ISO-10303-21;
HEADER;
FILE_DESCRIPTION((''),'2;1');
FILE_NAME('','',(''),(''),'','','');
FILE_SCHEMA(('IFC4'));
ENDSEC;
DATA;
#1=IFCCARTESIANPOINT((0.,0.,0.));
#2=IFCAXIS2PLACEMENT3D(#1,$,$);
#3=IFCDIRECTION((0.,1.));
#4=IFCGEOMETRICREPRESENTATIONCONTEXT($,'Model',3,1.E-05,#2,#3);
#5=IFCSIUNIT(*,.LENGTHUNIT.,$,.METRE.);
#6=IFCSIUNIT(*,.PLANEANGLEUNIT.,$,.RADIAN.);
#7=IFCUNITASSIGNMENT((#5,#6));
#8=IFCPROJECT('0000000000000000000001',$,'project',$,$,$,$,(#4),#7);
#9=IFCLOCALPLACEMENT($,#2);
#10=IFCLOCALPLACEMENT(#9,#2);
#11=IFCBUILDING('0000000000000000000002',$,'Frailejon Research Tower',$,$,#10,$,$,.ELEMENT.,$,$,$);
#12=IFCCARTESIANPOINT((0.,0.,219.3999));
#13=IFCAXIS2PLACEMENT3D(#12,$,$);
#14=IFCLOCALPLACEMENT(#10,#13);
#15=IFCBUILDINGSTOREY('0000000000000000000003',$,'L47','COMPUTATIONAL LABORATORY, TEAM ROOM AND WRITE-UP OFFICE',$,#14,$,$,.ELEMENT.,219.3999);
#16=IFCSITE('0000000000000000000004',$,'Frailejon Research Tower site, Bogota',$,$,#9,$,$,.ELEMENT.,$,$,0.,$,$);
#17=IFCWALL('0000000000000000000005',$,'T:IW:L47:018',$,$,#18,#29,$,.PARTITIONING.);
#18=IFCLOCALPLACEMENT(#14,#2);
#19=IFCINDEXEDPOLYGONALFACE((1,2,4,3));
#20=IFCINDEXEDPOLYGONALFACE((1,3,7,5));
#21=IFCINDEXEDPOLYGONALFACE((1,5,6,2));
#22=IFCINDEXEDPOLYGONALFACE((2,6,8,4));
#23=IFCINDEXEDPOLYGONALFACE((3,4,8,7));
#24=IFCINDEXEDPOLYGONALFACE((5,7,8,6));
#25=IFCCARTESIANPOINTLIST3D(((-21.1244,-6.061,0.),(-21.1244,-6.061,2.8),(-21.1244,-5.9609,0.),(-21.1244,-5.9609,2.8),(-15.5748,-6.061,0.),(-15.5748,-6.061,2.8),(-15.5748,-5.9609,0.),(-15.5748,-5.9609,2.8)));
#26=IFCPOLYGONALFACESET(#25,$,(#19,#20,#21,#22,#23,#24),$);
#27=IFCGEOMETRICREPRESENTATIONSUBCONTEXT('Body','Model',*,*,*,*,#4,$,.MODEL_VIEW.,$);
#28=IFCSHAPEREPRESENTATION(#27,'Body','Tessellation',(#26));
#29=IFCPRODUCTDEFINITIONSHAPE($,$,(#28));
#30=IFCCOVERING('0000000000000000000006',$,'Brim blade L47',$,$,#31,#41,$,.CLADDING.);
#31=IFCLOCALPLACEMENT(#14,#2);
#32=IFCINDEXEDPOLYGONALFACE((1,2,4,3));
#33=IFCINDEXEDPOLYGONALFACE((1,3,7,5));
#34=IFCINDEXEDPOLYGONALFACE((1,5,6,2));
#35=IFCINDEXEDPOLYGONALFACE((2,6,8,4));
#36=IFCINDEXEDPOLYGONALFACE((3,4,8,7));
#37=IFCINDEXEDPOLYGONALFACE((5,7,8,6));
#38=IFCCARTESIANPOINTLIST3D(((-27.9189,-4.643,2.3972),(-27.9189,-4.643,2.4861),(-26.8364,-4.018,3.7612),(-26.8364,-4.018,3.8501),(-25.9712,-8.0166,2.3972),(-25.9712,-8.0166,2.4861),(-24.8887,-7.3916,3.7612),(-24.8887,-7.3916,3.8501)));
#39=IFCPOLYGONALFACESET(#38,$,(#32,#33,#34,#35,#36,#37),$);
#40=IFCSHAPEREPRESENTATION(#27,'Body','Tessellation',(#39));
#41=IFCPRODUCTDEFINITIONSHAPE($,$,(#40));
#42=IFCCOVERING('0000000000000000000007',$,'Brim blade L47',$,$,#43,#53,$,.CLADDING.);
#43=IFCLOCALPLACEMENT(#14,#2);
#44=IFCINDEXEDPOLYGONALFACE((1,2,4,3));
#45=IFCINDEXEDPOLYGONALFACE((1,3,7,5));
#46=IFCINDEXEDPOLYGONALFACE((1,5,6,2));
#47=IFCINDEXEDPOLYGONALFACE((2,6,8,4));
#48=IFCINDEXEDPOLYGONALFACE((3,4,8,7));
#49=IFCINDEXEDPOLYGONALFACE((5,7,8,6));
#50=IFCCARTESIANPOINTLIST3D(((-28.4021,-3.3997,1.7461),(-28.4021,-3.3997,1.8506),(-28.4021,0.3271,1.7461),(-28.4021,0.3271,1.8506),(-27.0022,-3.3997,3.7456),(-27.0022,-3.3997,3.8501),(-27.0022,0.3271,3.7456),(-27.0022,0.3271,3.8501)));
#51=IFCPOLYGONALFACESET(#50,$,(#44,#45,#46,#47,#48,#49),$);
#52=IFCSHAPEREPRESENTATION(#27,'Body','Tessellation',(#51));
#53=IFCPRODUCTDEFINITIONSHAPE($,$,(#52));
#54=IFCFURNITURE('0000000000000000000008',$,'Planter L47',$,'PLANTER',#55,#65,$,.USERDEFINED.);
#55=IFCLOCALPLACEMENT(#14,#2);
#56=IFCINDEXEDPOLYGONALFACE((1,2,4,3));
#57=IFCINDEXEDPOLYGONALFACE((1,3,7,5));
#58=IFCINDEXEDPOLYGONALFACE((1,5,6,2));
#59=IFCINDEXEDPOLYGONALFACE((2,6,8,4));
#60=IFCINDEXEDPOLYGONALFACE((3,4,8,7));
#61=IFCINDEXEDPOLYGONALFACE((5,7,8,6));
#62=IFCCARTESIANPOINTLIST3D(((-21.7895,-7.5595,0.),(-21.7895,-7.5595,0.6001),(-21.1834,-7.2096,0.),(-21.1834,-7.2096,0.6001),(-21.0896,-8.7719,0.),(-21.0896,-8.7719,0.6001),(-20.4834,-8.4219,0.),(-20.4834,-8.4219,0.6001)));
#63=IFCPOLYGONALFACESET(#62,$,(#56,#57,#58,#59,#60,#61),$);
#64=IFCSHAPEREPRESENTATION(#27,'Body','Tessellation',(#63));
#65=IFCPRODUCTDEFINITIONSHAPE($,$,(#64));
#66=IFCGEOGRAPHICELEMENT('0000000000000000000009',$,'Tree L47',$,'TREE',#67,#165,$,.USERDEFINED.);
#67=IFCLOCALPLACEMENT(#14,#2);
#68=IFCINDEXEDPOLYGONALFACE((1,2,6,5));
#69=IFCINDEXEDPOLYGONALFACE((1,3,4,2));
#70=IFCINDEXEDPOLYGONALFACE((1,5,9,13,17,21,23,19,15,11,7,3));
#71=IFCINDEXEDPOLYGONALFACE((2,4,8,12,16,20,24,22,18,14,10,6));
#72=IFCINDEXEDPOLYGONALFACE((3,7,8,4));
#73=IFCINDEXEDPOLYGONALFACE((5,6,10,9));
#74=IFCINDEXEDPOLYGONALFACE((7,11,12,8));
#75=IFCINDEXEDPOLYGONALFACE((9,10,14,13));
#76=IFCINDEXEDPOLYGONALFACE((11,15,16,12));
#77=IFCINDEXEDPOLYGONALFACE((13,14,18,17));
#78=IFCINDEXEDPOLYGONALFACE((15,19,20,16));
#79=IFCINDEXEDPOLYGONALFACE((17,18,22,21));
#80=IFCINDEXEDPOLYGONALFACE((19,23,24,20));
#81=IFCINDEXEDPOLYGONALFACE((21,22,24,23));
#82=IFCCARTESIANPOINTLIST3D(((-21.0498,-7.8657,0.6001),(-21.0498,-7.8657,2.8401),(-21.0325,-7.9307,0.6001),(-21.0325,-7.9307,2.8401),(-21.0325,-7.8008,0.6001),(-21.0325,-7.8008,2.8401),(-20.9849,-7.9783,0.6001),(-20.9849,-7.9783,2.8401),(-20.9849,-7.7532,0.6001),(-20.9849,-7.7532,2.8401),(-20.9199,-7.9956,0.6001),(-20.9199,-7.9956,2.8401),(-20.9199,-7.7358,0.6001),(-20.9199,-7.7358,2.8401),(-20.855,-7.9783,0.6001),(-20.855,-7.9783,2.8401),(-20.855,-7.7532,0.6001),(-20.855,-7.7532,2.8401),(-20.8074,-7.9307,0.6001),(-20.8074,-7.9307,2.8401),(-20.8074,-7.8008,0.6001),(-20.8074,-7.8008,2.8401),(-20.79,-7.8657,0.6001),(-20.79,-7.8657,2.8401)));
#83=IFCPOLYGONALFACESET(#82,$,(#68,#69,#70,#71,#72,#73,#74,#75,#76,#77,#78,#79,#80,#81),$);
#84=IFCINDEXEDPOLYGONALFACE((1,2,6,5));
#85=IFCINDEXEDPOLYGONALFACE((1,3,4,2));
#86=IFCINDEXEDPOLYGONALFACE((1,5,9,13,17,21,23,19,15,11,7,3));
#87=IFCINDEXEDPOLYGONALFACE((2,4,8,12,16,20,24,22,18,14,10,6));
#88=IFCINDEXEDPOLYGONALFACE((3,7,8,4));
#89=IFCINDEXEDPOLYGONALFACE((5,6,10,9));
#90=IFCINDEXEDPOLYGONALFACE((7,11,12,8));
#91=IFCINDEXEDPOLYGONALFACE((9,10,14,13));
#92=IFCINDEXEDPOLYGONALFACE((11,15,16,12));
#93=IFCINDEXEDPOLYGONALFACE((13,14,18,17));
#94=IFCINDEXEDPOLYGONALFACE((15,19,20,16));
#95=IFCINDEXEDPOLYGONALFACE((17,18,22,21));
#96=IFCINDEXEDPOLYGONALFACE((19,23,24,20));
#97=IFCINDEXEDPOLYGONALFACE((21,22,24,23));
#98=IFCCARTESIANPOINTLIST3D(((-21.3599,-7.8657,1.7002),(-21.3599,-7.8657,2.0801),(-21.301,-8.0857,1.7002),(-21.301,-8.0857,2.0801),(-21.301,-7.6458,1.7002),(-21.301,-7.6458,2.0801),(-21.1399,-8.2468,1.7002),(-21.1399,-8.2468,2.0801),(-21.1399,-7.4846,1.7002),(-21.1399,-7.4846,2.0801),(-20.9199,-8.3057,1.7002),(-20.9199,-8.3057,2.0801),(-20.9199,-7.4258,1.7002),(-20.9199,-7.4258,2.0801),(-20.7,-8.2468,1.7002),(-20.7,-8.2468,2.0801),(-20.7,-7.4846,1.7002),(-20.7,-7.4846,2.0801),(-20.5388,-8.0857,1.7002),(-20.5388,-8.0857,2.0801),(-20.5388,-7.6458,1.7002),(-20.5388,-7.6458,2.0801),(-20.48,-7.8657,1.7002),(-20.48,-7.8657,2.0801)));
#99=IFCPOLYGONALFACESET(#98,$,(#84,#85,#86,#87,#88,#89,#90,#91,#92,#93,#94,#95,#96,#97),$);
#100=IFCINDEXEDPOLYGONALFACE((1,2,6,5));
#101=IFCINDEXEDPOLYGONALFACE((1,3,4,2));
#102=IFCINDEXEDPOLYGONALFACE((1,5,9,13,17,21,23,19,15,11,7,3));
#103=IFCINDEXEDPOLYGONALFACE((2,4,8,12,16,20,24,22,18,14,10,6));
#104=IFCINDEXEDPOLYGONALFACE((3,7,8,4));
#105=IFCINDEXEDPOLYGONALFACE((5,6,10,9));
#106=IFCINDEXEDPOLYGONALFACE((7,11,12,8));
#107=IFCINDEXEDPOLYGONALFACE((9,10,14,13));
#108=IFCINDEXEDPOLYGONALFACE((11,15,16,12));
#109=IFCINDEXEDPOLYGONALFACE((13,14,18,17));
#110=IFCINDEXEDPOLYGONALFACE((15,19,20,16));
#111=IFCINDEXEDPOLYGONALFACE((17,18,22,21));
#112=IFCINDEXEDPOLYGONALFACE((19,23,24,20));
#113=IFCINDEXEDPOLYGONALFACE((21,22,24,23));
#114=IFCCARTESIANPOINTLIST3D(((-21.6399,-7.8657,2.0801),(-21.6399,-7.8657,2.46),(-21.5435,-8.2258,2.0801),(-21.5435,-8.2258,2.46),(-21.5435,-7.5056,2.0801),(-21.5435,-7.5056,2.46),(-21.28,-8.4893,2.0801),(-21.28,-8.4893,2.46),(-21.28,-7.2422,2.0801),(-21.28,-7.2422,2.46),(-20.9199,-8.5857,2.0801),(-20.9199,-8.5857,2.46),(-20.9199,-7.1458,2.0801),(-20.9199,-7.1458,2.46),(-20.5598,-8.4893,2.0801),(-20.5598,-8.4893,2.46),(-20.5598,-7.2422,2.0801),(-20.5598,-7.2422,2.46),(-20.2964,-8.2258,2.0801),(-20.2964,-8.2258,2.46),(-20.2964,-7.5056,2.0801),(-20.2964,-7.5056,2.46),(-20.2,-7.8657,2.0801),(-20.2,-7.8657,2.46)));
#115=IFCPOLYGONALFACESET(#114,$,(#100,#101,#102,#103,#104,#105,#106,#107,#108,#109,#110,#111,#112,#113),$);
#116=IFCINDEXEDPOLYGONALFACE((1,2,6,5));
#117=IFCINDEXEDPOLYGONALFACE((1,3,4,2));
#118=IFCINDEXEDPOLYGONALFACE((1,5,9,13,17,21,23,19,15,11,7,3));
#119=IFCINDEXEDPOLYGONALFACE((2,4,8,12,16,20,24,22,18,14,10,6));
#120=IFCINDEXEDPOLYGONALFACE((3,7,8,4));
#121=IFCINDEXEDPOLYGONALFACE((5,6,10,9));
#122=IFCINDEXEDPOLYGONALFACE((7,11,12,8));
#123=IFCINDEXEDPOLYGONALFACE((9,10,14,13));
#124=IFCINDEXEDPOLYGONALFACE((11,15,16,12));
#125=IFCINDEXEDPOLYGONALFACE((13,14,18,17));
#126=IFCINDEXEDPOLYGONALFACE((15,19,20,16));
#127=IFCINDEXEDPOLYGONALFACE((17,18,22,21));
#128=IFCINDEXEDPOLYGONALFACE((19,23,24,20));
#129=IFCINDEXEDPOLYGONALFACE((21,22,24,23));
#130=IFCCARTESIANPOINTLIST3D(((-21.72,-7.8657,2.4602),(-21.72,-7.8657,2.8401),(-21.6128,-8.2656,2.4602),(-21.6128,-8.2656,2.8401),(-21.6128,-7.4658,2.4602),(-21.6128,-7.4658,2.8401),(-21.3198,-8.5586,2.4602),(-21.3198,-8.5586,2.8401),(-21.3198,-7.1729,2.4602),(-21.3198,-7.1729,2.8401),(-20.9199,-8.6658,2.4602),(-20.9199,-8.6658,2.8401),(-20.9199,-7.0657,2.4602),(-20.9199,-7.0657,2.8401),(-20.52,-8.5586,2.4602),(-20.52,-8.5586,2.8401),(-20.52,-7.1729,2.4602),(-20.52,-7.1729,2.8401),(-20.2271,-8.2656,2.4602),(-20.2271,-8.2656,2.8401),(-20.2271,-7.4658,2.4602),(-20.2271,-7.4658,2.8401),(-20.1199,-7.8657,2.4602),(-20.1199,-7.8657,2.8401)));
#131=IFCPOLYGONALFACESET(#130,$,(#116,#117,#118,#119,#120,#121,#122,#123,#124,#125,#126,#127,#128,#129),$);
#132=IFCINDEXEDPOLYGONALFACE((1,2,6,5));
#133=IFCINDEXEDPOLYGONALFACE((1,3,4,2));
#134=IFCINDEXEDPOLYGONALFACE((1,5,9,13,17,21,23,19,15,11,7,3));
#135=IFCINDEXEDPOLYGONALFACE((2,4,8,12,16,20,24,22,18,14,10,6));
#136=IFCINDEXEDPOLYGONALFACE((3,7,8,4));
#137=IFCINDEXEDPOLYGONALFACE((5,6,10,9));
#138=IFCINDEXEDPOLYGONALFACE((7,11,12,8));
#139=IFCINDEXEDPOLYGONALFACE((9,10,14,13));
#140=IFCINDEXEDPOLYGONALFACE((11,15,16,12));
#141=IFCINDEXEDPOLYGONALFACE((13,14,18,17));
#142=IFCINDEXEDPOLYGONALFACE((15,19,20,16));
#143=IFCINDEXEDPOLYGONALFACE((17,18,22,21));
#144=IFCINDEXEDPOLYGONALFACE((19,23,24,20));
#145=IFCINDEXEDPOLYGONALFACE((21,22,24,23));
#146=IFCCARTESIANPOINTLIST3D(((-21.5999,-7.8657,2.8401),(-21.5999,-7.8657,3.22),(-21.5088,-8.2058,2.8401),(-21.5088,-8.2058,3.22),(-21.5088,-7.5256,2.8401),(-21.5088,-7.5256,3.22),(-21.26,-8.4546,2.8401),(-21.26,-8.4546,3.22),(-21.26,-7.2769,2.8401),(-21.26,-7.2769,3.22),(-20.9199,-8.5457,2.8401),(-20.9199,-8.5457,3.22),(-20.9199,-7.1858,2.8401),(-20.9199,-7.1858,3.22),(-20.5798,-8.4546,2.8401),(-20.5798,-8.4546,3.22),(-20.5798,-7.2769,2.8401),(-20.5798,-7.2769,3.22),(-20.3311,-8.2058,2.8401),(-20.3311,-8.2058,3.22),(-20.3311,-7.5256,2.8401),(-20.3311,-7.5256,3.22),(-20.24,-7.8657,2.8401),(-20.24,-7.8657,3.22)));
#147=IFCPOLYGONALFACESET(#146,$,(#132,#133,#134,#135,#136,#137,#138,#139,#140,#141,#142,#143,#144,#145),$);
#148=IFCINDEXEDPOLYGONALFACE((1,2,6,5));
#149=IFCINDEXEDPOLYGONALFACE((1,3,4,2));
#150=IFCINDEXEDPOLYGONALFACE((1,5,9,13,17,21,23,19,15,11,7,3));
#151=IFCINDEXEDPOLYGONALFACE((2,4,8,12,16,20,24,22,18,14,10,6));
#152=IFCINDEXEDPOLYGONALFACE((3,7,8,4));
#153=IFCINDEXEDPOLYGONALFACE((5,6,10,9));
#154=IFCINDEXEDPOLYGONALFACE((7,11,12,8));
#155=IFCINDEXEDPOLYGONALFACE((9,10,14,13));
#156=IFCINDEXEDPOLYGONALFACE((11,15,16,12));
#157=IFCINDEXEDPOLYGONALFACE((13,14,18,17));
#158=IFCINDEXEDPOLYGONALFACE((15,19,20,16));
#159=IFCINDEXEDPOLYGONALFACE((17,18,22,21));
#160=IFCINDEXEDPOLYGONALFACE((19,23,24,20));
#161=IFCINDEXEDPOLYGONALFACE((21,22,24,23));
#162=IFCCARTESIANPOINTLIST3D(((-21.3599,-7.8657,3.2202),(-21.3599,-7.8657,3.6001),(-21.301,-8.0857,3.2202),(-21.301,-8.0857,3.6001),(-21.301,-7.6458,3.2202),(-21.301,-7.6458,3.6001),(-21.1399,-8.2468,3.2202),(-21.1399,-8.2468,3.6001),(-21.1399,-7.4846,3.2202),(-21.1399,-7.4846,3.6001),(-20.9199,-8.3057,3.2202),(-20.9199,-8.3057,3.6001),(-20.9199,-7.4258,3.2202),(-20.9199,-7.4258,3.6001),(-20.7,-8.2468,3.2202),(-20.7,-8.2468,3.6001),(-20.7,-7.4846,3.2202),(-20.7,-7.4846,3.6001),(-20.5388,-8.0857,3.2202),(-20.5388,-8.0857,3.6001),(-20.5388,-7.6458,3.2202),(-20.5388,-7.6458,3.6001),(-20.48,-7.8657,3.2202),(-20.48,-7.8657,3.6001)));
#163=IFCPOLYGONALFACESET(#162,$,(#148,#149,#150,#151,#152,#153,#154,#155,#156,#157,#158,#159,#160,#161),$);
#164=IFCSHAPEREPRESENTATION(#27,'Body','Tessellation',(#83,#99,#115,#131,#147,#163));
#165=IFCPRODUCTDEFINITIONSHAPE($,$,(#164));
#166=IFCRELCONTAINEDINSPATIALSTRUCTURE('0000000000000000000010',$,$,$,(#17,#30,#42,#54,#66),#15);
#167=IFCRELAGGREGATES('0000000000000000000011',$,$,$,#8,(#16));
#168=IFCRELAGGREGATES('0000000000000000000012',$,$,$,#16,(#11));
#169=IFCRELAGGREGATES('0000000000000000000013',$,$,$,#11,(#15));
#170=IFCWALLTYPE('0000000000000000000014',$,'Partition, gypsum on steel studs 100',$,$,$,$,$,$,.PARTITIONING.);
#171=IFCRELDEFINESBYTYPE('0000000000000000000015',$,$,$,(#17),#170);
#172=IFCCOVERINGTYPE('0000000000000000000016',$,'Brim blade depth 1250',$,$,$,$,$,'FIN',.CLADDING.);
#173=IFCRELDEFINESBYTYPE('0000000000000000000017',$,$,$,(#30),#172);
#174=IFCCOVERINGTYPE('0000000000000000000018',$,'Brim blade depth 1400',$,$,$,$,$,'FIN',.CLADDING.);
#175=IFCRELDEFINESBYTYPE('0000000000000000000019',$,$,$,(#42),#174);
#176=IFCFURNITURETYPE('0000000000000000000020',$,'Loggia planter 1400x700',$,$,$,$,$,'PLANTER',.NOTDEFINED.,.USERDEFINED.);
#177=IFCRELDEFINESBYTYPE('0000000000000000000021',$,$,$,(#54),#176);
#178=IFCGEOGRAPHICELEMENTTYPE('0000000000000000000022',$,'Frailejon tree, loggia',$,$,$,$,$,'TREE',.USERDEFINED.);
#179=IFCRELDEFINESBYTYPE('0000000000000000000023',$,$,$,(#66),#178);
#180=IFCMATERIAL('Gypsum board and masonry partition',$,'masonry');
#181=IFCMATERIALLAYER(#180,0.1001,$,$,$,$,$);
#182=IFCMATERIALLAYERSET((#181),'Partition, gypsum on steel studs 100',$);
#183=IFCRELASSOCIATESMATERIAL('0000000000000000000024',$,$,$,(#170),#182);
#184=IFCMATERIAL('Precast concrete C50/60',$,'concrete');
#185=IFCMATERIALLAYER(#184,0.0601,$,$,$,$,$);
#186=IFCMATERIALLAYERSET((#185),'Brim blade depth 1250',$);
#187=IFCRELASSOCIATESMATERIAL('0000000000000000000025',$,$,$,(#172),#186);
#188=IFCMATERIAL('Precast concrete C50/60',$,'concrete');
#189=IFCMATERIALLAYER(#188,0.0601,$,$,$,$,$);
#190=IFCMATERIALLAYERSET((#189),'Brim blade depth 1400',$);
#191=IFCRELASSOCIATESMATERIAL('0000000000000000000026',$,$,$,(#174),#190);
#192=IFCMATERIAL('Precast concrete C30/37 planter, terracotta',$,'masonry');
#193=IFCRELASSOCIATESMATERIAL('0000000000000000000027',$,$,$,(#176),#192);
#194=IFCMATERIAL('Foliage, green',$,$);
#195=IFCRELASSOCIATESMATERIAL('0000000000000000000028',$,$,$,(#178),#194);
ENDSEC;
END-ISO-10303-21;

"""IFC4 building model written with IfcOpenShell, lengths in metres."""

from ifc_helpers import new_model, si_unit, direction, frame, frame_2d, origin, origin_2d, place, context, subcontext, project, spatial, polyline, rectangle, outline, extrude, material, layer, layer_set, type_object, element, save


model = new_model("IFC4")

# Units and contexts
model_context = context("Model", 3, precision=1e-05, world=origin(), true_north=direction((0.0, 1.0)))
body_context = subcontext(model_context, "Body", "Model", "MODEL_VIEW")
ifc_project = project(units=[si_unit("LENGTHUNIT", "METRE"), si_unit("PLANEANGLEUNIT", "RADIAN")], contexts=[model_context])

# Site, building, storey
site_placement = place(None, origin())
site = spatial("IfcSite", under=ifc_project, at=site_placement, Name="Frailejon Research Tower site, Bogota", CompositionType="ELEMENT", RefElevation=0.0)
building_placement = place(site_placement, origin())
building = spatial("IfcBuilding", under=site, at=building_placement, Name="Frailejon Research Tower", CompositionType="ELEMENT")
storey_placement = place(building_placement, frame((0.0, 0.0, 219.3999)))
storey = spatial("IfcBuildingStorey", under=building, at=storey_placement, Name="L47", Description="COMPUTATIONAL LABORATORY, TEAM ROOM AND WRITE-UP OFFICE", CompositionType="ELEMENT", Elevation=219.3999)

# Wall
ifc_material_1 = material(Name="Gypsum board and masonry partition", Category="masonry")
ifc_layer_1 = layer(ifc_material_1, 0.1001)
ifc_layer_set_1 = layer_set([ifc_layer_1], Name="Partition, gypsum on steel studs 100")
wall_type_1 = type_object("IfcWallType", Name="Partition, gypsum on steel studs 100", PredefinedType="PARTITIONING", material=ifc_layer_set_1)
wall_1_placement = place(storey_placement, frame((-21.1245, -6.011, 0.0), z_axis=(0.0, 0.0, 1.0), x_axis=(1.0, 0.0, 0.0)))
element("IfcWall", 1, at=wall_1_placement, inside=storey, type_object=wall_type_1, Name="T:IW:L47:018", PredefinedType="PARTITIONING", context=body_context, shape_type="SweptSolid", body=[
    extrude(rectangle(XDim=5.5496, YDim=0.1001, at=frame_2d((2.7749, 0.0))), origin(), (0.0, 0.0, 1.0), 2.8),
])

# Coverings
ifc_material_2 = material(Name="Precast concrete C50/60", Category="concrete")
ifc_layer_2 = layer(ifc_material_2, 0.0601)
ifc_layer_set_2 = layer_set([ifc_layer_2], Name="Brim blade depth 1250")
covering_type_1 = type_object("IfcCoveringType", Name="Brim blade depth 1250", ElementType="FIN", PredefinedType="CLADDING", material=ifc_layer_set_2)
covering_1_placement = place(storey_placement, frame((-24.8887, -7.3916, 3.8501), z_axis=(-0.499991, 0.866031, 0.0), x_axis=(-0.866031, -0.499991, 0.0)))
element("IfcCovering", 2, at=covering_1_placement, inside=storey, type_object=covering_type_1, Name="Brim blade L47", PredefinedType="CLADDING", context=body_context, shape_type="SweptSolid", body=[
    extrude(outline(polyline([(0.0, -0.0889), (1.25, -1.4529), (1.25, -1.364), (0.0, 0.0), (0.0, -0.0889)])), origin(), (0.0, 0.0, 1.0), 3.8955),
])
ifc_material_3 = material(Name="Precast concrete C50/60", Category="concrete")
ifc_layer_3 = layer(ifc_material_3, 0.0601)
ifc_layer_set_3 = layer_set([ifc_layer_3], Name="Brim blade depth 1400")
covering_type_2 = type_object("IfcCoveringType", Name="Brim blade depth 1400", ElementType="FIN", PredefinedType="CLADDING", material=ifc_layer_set_3)
covering_2_placement = place(storey_placement, frame((-27.0022, -3.3997, 3.8501), z_axis=(0.0, 1.0, 0.0), x_axis=(-1.0, 0.0, 0.0)))
element("IfcCovering", 3, at=covering_2_placement, inside=storey, type_object=covering_type_2, Name="Brim blade L47", PredefinedType="CLADDING", context=body_context, shape_type="SweptSolid", body=[
    extrude(outline(polyline([(0.0, -0.1045), (1.3999, -2.104), (1.3999, -1.9995), (0.0, 0.0), (0.0, -0.1045)])), origin(), (0.0, 0.0, 1.0), 3.7268),
])

# Furniture
ifc_material_4 = material(Name="Precast concrete C30/37 planter, terracotta", Category="masonry")
furniture_type = type_object("IfcFurnitureType", Name="Loggia planter 1400x700", ElementType="PLANTER", AssemblyPlace="NOTDEFINED", PredefinedType="USERDEFINED", material=ifc_material_4)
furniture_placement = place(storey_placement, frame((-21.1365, -7.9907, 0.0), z_axis=(0.0, 0.0, 1.0), x_axis=(0.5, -0.866025, 0.0)))
element("IfcFurniture", 4, at=furniture_placement, inside=storey, type_object=furniture_type, Name="Planter L47", ObjectType="PLANTER", PredefinedType="USERDEFINED", context=body_context, shape_type="SweptSolid", body=[
    extrude(rectangle(XDim=1.3999, YDim=0.7, at=origin_2d()), origin(), (0.0, 0.0, 1.0), 0.6001),
])

# Geographic element
ifc_material_5 = material(Name="Foliage, green")
geographic_element_type = type_object("IfcGeographicElementType", Name="Frailejon tree, loggia", ElementType="TREE", PredefinedType="USERDEFINED", material=ifc_material_5)
geographic_element_placement = place(storey_placement, frame((-20.9199, -7.8657, 0.6001)))
element("IfcGeographicElement", 5, at=geographic_element_placement, inside=storey, type_object=geographic_element_type, Name="Tree L47", ObjectType="TREE", PredefinedType="USERDEFINED", context=body_context, shape_type="SweptSolid", body=[
    extrude(outline(polyline([(0.1299, 0.0), (0.1125, 0.0649), (0.0649, 0.1125), (0.0, 0.1299), (-0.0649, 0.1125), (-0.1125, 0.0649), (-0.1299, 0.0), (-0.1125, -0.0649), (-0.0649, -0.1125), (0.0, -0.1299), (0.0649, -0.1125), (0.1125, -0.0649), (0.1299, 0.0)])), origin(), (0.0, 0.0, 1.0), 2.24),
    extrude(outline(polyline([(0.4399, 0.0), (0.3811, 0.22), (0.22, 0.3811), (0.0, 0.4399), (-0.22, 0.3811), (-0.3811, 0.22), (-0.4399, 0.0), (-0.3811, -0.22), (-0.22, -0.3811), (0.0, -0.4399), (0.22, -0.3811), (0.3811, -0.22), (0.4399, 0.0)])), frame((0.0, 0.0, 1.1001)), (0.0, 0.0, 1.0), 0.3799),
    extrude(outline(polyline([(0.72, 0.0), (0.6235, 0.3601), (0.3601, 0.6235), (0.0, 0.72), (-0.3601, 0.6235), (-0.6235, 0.3601), (-0.72, 0.0), (-0.6235, -0.3601), (-0.3601, -0.6235), (0.0, -0.72), (0.3601, -0.6235), (0.6235, -0.3601), (0.72, 0.0)])), frame((0.0, 0.0, 1.48)), (0.0, 0.0, 1.0), 0.3799),
    extrude(outline(polyline([(0.8, 0.0), (0.6929, 0.3999), (0.3999, 0.6929), (0.0, 0.8), (-0.3999, 0.6929), (-0.6929, 0.3999), (-0.8, 0.0), (-0.6929, -0.3999), (-0.3999, -0.6929), (0.0, -0.8), (0.3999, -0.6929), (0.6929, -0.3999), (0.8, 0.0)])), frame((0.0, 0.0, 1.8601)), (0.0, 0.0, 1.0), 0.3799),
    extrude(outline(polyline([(0.6799, 0.0), (0.5889, 0.3401), (0.3401, 0.5889), (0.0, 0.6799), (-0.3401, 0.5889), (-0.5889, 0.3401), (-0.6799, 0.0), (-0.5889, -0.3401), (-0.3401, -0.5889), (0.0, -0.6799), (0.3401, -0.5889), (0.5889, -0.3401), (0.6799, 0.0)])), frame((0.0, 0.0, 2.24)), (0.0, 0.0, 1.0), 0.3799),
    extrude(outline(polyline([(0.4399, 0.0), (0.3811, 0.22), (0.22, 0.3811), (0.0, 0.4399), (-0.22, 0.3811), (-0.3811, 0.22), (-0.4399, 0.0), (-0.3811, -0.22), (-0.22, -0.3811), (0.0, -0.4399), (0.22, -0.3811), (0.3811, -0.22), (0.4399, 0.0)])), frame((0.0, 0.0, 2.6201)), (0.0, 0.0, 1.0), 0.3799),
])

save(model, "model.ifc")
